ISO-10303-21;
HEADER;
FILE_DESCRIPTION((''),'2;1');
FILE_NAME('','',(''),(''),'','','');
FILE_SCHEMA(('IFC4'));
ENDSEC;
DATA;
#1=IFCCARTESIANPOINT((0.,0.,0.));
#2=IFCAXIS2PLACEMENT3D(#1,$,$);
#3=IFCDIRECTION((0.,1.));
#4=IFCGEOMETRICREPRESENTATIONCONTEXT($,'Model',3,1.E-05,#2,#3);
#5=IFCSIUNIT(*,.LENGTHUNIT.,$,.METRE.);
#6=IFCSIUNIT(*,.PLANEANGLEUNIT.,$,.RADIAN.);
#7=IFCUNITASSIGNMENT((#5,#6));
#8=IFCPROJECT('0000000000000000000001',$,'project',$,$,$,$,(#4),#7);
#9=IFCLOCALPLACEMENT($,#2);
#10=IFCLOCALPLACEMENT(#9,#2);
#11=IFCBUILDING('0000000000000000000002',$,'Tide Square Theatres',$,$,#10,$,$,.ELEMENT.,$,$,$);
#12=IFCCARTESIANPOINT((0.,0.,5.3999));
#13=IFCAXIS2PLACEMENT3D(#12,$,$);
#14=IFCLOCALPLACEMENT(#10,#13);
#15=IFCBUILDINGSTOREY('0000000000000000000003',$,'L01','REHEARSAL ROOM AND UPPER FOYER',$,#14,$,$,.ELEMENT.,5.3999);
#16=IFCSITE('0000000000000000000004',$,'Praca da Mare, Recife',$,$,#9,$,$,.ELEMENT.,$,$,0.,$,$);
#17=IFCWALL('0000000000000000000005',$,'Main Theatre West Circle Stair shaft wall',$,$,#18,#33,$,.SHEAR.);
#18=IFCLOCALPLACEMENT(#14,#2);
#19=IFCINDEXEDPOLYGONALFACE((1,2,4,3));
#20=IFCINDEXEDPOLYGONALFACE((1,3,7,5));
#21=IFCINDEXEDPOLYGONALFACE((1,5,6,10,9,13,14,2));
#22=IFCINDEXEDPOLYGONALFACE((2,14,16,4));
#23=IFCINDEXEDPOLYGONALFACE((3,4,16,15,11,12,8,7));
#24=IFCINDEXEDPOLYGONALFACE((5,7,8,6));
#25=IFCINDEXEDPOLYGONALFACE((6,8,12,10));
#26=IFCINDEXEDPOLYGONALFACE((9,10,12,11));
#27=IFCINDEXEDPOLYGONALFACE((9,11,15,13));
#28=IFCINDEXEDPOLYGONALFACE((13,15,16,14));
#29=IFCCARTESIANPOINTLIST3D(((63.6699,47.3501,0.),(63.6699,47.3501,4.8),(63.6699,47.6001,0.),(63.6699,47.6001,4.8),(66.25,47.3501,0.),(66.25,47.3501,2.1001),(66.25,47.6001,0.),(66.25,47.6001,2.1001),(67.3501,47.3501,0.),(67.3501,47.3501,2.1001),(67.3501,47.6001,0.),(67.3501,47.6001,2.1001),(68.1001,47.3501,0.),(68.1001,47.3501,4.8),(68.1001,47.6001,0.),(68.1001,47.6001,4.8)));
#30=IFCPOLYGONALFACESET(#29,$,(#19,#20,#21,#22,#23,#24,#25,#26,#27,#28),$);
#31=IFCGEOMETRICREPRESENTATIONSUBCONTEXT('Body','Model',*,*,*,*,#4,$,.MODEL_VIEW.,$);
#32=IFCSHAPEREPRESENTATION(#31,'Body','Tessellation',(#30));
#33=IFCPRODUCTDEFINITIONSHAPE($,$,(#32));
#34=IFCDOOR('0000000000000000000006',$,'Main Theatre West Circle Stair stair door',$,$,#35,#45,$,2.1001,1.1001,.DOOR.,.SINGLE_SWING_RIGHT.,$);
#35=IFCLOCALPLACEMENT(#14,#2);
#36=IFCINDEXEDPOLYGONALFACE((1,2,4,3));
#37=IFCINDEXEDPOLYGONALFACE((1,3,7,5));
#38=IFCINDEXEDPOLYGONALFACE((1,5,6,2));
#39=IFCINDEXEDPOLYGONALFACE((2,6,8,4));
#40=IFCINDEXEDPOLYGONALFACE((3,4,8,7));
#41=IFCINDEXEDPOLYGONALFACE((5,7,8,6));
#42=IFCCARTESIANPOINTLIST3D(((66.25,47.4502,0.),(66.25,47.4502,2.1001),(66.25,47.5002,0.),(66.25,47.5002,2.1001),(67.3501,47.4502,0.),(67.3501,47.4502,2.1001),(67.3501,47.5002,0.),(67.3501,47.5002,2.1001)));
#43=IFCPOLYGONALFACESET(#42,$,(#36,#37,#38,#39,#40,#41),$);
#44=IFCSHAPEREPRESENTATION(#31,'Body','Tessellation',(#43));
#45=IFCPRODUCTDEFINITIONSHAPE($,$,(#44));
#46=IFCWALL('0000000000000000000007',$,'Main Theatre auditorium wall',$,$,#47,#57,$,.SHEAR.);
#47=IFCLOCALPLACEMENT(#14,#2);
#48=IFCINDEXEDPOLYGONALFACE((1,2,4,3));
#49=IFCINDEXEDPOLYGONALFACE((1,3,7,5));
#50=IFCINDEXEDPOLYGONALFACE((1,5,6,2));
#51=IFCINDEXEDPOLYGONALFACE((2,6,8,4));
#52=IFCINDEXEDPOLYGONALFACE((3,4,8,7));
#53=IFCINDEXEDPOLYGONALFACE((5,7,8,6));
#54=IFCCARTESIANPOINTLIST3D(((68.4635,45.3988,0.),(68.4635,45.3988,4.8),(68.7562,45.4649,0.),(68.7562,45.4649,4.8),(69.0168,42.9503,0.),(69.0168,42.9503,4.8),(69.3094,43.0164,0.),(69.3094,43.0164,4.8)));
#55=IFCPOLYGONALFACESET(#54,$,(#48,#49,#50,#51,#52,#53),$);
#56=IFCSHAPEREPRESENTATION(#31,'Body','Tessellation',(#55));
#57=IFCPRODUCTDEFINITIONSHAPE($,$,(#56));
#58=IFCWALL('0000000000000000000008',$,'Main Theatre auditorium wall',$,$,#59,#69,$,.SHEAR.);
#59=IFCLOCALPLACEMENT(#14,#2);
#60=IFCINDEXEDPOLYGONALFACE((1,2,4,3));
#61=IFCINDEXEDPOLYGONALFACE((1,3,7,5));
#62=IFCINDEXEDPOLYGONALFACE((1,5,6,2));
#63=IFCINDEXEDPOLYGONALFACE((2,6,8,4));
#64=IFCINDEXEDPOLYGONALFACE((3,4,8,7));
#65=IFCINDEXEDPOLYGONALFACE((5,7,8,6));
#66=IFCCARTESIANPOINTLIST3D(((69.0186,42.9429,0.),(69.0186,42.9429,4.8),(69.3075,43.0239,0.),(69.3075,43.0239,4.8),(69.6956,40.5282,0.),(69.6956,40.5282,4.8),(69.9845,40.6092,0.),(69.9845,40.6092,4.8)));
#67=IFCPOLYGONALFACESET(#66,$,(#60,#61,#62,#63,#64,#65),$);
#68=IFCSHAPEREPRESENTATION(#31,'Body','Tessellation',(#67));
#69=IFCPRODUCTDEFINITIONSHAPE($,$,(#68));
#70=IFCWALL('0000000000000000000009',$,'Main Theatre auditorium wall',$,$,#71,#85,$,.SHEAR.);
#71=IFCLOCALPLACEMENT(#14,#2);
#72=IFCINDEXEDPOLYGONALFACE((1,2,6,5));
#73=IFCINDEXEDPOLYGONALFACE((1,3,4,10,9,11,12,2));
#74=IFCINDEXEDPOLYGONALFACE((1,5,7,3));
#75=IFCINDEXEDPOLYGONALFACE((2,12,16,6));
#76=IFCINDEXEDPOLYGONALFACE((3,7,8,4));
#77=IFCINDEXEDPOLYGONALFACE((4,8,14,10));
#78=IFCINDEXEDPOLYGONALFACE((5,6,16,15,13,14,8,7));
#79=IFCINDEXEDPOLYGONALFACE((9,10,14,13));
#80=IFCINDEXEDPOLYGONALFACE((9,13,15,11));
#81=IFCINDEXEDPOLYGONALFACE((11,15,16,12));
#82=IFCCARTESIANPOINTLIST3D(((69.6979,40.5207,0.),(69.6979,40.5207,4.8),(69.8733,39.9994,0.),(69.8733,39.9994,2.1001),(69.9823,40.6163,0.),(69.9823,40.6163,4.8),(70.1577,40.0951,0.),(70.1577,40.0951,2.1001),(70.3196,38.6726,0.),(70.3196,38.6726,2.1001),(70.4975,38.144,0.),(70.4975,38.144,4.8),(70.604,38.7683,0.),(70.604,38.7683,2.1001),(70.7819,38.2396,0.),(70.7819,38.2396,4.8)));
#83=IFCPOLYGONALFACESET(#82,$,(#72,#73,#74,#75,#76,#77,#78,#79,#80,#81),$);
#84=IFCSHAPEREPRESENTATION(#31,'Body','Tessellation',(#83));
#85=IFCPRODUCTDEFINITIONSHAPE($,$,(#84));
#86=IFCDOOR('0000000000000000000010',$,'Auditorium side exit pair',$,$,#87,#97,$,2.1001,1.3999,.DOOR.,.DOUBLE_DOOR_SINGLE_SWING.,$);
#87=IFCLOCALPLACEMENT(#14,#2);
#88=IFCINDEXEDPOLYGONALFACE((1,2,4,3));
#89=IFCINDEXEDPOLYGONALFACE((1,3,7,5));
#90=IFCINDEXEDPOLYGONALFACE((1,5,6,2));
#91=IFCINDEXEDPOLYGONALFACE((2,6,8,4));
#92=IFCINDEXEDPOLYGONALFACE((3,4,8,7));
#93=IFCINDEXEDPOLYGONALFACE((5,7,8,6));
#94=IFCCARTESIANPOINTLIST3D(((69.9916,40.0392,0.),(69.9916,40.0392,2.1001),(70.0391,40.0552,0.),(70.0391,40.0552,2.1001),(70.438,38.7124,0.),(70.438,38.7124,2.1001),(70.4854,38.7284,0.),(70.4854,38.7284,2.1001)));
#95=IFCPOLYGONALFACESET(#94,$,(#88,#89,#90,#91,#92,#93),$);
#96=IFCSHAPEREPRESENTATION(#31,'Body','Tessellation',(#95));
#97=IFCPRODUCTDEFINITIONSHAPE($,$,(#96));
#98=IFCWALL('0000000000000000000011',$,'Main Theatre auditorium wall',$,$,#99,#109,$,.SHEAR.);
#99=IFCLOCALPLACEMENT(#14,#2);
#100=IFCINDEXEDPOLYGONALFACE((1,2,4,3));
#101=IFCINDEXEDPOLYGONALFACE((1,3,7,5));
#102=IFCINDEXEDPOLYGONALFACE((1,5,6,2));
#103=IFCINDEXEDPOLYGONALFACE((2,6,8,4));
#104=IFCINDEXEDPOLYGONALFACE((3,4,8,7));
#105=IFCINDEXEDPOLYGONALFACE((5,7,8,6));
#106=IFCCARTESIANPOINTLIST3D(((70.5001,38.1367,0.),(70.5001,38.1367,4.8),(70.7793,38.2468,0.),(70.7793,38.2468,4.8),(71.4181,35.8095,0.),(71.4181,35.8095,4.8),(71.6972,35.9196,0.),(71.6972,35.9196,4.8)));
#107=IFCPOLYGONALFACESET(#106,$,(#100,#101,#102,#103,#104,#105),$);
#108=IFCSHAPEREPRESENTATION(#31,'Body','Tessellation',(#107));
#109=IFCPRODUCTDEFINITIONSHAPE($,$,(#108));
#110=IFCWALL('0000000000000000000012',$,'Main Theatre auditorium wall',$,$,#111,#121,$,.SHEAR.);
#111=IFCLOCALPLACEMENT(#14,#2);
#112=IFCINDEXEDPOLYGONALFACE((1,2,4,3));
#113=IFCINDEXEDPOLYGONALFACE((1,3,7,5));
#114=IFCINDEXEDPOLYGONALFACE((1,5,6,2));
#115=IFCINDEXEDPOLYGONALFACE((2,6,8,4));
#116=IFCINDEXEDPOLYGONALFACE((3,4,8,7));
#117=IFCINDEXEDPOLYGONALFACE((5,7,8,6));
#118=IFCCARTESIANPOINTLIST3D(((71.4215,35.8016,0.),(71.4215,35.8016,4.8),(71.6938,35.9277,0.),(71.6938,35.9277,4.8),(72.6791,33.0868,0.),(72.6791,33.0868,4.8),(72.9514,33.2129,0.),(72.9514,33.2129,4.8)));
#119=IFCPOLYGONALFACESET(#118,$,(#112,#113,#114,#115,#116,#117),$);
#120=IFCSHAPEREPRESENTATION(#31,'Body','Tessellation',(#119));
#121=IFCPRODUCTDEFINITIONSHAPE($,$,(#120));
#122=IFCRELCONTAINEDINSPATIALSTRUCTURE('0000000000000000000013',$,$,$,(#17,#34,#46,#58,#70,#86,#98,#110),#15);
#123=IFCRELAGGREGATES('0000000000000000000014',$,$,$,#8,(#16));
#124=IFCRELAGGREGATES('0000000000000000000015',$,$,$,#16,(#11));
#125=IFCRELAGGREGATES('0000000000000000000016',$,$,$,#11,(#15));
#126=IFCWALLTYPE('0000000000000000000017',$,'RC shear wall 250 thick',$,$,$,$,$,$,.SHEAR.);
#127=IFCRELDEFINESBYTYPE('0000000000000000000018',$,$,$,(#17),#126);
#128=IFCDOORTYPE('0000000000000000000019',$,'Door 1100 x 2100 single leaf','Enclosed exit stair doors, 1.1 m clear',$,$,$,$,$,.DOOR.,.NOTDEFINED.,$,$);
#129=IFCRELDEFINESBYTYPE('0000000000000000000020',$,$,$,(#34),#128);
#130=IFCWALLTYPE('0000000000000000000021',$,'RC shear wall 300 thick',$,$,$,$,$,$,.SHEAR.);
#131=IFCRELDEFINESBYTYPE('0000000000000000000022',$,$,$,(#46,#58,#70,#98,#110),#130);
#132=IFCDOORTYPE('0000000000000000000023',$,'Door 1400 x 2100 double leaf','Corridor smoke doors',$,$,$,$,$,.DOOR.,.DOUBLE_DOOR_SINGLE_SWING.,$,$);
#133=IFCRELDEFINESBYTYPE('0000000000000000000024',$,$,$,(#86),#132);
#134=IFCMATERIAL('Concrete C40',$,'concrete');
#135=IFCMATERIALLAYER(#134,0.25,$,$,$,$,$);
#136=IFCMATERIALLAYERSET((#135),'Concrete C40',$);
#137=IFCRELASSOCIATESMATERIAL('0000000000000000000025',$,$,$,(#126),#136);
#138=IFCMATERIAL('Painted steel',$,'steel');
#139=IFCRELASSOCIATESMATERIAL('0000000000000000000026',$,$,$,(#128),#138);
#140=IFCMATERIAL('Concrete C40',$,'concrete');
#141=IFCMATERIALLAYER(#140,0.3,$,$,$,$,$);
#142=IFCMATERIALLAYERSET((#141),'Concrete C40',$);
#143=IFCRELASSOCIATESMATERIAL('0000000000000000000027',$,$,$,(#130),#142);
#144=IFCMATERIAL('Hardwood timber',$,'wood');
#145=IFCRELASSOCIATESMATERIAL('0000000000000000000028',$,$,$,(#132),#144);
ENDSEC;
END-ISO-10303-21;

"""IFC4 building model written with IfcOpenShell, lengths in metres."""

from ifc_helpers import new_model, si_unit, direction, frame, frame_2d, origin, place, context, subcontext, project, spatial, rectangle, extrude, material, layer, layer_set, type_object, element, fill, save


model = new_model("IFC4")

# Units and contexts
model_context = context("Model", 3, precision=1e-05, world=origin(), true_north=direction((0.0, 1.0)))
body_context = subcontext(model_context, "Body", "Model", "MODEL_VIEW")
ifc_project = project(units=[si_unit("LENGTHUNIT", "METRE"), si_unit("PLANEANGLEUNIT", "RADIAN")], contexts=[model_context])

# Site, building, storey
site_placement = place(None, origin())
site = spatial("IfcSite", under=ifc_project, at=site_placement, Name="Praca da Mare, Recife", CompositionType="ELEMENT", RefElevation=0.0)
building_placement = place(site_placement, origin())
building = spatial("IfcBuilding", under=site, at=building_placement, Name="Tide Square Theatres", CompositionType="ELEMENT")
storey_placement = place(building_placement, frame((0.0, 0.0, 5.3999)))
storey = spatial("IfcBuildingStorey", under=building, at=storey_placement, Name="L01", Description="REHEARSAL ROOM AND UPPER FOYER", CompositionType="ELEMENT", Elevation=5.3999)

# Wall, opening, door
ifc_material_1 = material(Name="Concrete C40", Category="concrete")
ifc_layer_1 = layer(ifc_material_1, 0.25)
ifc_layer_set_1 = layer_set([ifc_layer_1], Name="Concrete C40")
wall_type_1 = type_object("IfcWallType", Name="RC shear wall 250 thick", PredefinedType="SHEAR", material=ifc_layer_set_1)
wall_1_placement = place(storey_placement, frame((68.1001, 47.4751, 0.0), z_axis=(0.0, 0.0, 1.0), x_axis=(-1.0, 0.0, 0.0)))
wall_1 = element("IfcWall", 1, at=wall_1_placement, inside=storey, type_object=wall_type_1, Name="Main Theatre West Circle Stair shaft wall", PredefinedType="SHEAR", context=body_context, shape_type="SweptSolid", body=[
    extrude(rectangle(XDim=4.4302, YDim=0.25, at=frame_2d((2.2151, 0.0))), origin(), (0.0, 0.0, 1.0), 4.8),
])
opening_1_placement = place(wall_1_placement, frame((0.75, 0.0, 0.0)))
opening_1 = element("IfcOpeningElement", 2, at=opening_1_placement, cuts=wall_1, PredefinedType="OPENING", context=body_context, shape_type="SweptSolid", body=[
    extrude(rectangle(XDim=1.1001, YDim=2.1001, at=frame_2d((0.55, 1.05))), frame((0.0, 0.135, 0.0), z_axis=(0.0, -1.0, 0.0), x_axis=(1.0, 0.0, 0.0)), (0.0, 0.0, 1.0), 0.27),
])
ifc_material_2 = material(Name="Painted steel", Category="steel")
door_type_1 = type_object("IfcDoorType", Name="Door 1100 x 2100 single leaf", Description="Enclosed exit stair doors, 1.1 m clear", OperationType="NOTDEFINED", PredefinedType="DOOR", material=ifc_material_2)
door_1_placement = place(opening_1_placement, origin())
door_1 = element("IfcDoor", 3, at=door_1_placement, inside=storey, type_object=door_type_1, Name="Main Theatre West Circle Stair stair door", OperationType="SINGLE_SWING_RIGHT", OverallHeight=2.1001, OverallWidth=1.1001, PredefinedType="DOOR", context=body_context, shape_type="SweptSolid", body=[
    extrude(rectangle(XDim=1.1001, YDim=2.1001, at=frame_2d((0.55, 1.05))), frame((0.0, 0.0249, 0.0), z_axis=(0.0, -1.0, 0.0), x_axis=(1.0, 0.0, 0.0)), (0.0, 0.0, 1.0), 0.05),
])
fill(opening_1, door_1)

# Walls
ifc_material_3 = material(Name="Concrete C40", Category="concrete")
ifc_layer_2 = layer(ifc_material_3, 0.3)
ifc_layer_set_2 = layer_set([ifc_layer_2], Name="Concrete C40")
wall_type_2 = type_object("IfcWallType", Name="RC shear wall 300 thick", PredefinedType="SHEAR", material=ifc_layer_set_2)
wall_2_placement = place(storey_placement, frame((68.6099, 45.4319, 0.0), z_axis=(0.0, 0.0, 1.0), x_axis=(0.220389, -0.975412, 0.0)))
element("IfcWall", 4, at=wall_2_placement, inside=storey, type_object=wall_type_2, Name="Main Theatre auditorium wall", PredefinedType="SHEAR", context=body_context, shape_type="SweptSolid", body=[
    extrude(rectangle(XDim=2.5103, YDim=0.3, at=frame_2d((1.2551, 0.0))), origin(), (0.0, 0.0, 1.0), 4.8),
])
wall_3_placement = place(storey_placement, frame((69.1631, 42.9834, 0.0), z_axis=(0.0, 0.0, 1.0), x_axis=(0.269948, -0.962875, 0.0)))
element("IfcWall", 5, at=wall_3_placement, inside=storey, type_object=wall_type_2, Name="Main Theatre auditorium wall", PredefinedType="SHEAR", context=body_context, shape_type="SweptSolid", body=[
    extrude(rectangle(XDim=2.5078, YDim=0.3, at=frame_2d((1.2539, 0.0))), origin(), (0.0, 0.0, 1.0), 4.8),
])

# Wall, opening, door
wall_4_placement = place(storey_placement, frame((69.8401, 40.5686, 0.0), z_axis=(0.0, 0.0, 1.0), x_axis=(0.318855, -0.947803, 0.0)))
wall_4 = element("IfcWall", 6, at=wall_4_placement, inside=storey, type_object=wall_type_2, Name="Main Theatre auditorium wall", PredefinedType="SHEAR", context=body_context, shape_type="SweptSolid", body=[
    extrude(rectangle(XDim=2.5076, YDim=0.3, at=frame_2d((1.2539, 0.0))), origin(), (0.0, 0.0, 1.0), 4.8),
])
opening_2_placement = place(wall_4_placement, frame((0.55, 0.0, 0.0)))
opening_2 = element("IfcOpeningElement", 7, at=opening_2_placement, cuts=wall_4, PredefinedType="OPENING", context=body_context, shape_type="SweptSolid", body=[
    extrude(rectangle(XDim=1.3999, YDim=2.1001, at=frame_2d((0.7, 1.05))), frame((0.0, 0.1599, 0.0), z_axis=(0.0, -1.0, 0.0), x_axis=(1.0, 0.0, 0.0)), (0.0, 0.0, 1.0), 0.3201),
])
ifc_material_4 = material(Name="Hardwood timber", Category="wood")
door_type_2 = type_object("IfcDoorType", Name="Door 1400 x 2100 double leaf", Description="Corridor smoke doors", OperationType="DOUBLE_DOOR_SINGLE_SWING", PredefinedType="DOOR", material=ifc_material_4)
door_2_placement = place(opening_2_placement, origin())
door_2 = element("IfcDoor", 8, at=door_2_placement, inside=storey, type_object=door_type_2, Name="Auditorium side exit pair", OperationType="DOUBLE_DOOR_SINGLE_SWING", OverallHeight=2.1001, OverallWidth=1.3999, PredefinedType="DOOR", context=body_context, shape_type="SweptSolid", body=[
    extrude(rectangle(XDim=1.3999, YDim=2.1001, at=frame_2d((0.7, 1.05))), frame((0.0, 0.0249, 0.0), z_axis=(0.0, -1.0, 0.0), x_axis=(1.0, 0.0, 0.0)), (0.0, 0.0, 1.0), 0.05),
])
fill(opening_2, door_2)

# Walls
wall_5_placement = place(storey_placement, frame((70.6396, 38.1919, 0.0), z_axis=(0.0, 0.0, 1.0), x_axis=(0.366944, -0.930243, 0.0)))
element("IfcWall", 9, at=wall_5_placement, inside=storey, type_object=wall_type_2, Name="Main Theatre auditorium wall", PredefinedType="SHEAR", context=body_context, shape_type="SweptSolid", body=[
    extrude(rectangle(XDim=2.5017, YDim=0.3, at=frame_2d((1.251, 0.0))), origin(), (0.0, 0.0, 1.0), 4.8),
])
wall_6_placement = place(storey_placement, frame((71.5576, 35.8647, 0.0), z_axis=(0.0, 0.0, 1.0), x_axis=(0.420315, -0.907378, 0.0)))
element("IfcWall", 10, at=wall_6_placement, inside=storey, type_object=wall_type_2, Name="Main Theatre auditorium wall", PredefinedType="SHEAR", context=body_context, shape_type="SweptSolid", body=[
    extrude(rectangle(XDim=2.9919, YDim=0.3, at=frame_2d((1.4961, 0.0))), origin(), (0.0, 0.0, 1.0), 4.8),
])

save(model, "model.ifc")
